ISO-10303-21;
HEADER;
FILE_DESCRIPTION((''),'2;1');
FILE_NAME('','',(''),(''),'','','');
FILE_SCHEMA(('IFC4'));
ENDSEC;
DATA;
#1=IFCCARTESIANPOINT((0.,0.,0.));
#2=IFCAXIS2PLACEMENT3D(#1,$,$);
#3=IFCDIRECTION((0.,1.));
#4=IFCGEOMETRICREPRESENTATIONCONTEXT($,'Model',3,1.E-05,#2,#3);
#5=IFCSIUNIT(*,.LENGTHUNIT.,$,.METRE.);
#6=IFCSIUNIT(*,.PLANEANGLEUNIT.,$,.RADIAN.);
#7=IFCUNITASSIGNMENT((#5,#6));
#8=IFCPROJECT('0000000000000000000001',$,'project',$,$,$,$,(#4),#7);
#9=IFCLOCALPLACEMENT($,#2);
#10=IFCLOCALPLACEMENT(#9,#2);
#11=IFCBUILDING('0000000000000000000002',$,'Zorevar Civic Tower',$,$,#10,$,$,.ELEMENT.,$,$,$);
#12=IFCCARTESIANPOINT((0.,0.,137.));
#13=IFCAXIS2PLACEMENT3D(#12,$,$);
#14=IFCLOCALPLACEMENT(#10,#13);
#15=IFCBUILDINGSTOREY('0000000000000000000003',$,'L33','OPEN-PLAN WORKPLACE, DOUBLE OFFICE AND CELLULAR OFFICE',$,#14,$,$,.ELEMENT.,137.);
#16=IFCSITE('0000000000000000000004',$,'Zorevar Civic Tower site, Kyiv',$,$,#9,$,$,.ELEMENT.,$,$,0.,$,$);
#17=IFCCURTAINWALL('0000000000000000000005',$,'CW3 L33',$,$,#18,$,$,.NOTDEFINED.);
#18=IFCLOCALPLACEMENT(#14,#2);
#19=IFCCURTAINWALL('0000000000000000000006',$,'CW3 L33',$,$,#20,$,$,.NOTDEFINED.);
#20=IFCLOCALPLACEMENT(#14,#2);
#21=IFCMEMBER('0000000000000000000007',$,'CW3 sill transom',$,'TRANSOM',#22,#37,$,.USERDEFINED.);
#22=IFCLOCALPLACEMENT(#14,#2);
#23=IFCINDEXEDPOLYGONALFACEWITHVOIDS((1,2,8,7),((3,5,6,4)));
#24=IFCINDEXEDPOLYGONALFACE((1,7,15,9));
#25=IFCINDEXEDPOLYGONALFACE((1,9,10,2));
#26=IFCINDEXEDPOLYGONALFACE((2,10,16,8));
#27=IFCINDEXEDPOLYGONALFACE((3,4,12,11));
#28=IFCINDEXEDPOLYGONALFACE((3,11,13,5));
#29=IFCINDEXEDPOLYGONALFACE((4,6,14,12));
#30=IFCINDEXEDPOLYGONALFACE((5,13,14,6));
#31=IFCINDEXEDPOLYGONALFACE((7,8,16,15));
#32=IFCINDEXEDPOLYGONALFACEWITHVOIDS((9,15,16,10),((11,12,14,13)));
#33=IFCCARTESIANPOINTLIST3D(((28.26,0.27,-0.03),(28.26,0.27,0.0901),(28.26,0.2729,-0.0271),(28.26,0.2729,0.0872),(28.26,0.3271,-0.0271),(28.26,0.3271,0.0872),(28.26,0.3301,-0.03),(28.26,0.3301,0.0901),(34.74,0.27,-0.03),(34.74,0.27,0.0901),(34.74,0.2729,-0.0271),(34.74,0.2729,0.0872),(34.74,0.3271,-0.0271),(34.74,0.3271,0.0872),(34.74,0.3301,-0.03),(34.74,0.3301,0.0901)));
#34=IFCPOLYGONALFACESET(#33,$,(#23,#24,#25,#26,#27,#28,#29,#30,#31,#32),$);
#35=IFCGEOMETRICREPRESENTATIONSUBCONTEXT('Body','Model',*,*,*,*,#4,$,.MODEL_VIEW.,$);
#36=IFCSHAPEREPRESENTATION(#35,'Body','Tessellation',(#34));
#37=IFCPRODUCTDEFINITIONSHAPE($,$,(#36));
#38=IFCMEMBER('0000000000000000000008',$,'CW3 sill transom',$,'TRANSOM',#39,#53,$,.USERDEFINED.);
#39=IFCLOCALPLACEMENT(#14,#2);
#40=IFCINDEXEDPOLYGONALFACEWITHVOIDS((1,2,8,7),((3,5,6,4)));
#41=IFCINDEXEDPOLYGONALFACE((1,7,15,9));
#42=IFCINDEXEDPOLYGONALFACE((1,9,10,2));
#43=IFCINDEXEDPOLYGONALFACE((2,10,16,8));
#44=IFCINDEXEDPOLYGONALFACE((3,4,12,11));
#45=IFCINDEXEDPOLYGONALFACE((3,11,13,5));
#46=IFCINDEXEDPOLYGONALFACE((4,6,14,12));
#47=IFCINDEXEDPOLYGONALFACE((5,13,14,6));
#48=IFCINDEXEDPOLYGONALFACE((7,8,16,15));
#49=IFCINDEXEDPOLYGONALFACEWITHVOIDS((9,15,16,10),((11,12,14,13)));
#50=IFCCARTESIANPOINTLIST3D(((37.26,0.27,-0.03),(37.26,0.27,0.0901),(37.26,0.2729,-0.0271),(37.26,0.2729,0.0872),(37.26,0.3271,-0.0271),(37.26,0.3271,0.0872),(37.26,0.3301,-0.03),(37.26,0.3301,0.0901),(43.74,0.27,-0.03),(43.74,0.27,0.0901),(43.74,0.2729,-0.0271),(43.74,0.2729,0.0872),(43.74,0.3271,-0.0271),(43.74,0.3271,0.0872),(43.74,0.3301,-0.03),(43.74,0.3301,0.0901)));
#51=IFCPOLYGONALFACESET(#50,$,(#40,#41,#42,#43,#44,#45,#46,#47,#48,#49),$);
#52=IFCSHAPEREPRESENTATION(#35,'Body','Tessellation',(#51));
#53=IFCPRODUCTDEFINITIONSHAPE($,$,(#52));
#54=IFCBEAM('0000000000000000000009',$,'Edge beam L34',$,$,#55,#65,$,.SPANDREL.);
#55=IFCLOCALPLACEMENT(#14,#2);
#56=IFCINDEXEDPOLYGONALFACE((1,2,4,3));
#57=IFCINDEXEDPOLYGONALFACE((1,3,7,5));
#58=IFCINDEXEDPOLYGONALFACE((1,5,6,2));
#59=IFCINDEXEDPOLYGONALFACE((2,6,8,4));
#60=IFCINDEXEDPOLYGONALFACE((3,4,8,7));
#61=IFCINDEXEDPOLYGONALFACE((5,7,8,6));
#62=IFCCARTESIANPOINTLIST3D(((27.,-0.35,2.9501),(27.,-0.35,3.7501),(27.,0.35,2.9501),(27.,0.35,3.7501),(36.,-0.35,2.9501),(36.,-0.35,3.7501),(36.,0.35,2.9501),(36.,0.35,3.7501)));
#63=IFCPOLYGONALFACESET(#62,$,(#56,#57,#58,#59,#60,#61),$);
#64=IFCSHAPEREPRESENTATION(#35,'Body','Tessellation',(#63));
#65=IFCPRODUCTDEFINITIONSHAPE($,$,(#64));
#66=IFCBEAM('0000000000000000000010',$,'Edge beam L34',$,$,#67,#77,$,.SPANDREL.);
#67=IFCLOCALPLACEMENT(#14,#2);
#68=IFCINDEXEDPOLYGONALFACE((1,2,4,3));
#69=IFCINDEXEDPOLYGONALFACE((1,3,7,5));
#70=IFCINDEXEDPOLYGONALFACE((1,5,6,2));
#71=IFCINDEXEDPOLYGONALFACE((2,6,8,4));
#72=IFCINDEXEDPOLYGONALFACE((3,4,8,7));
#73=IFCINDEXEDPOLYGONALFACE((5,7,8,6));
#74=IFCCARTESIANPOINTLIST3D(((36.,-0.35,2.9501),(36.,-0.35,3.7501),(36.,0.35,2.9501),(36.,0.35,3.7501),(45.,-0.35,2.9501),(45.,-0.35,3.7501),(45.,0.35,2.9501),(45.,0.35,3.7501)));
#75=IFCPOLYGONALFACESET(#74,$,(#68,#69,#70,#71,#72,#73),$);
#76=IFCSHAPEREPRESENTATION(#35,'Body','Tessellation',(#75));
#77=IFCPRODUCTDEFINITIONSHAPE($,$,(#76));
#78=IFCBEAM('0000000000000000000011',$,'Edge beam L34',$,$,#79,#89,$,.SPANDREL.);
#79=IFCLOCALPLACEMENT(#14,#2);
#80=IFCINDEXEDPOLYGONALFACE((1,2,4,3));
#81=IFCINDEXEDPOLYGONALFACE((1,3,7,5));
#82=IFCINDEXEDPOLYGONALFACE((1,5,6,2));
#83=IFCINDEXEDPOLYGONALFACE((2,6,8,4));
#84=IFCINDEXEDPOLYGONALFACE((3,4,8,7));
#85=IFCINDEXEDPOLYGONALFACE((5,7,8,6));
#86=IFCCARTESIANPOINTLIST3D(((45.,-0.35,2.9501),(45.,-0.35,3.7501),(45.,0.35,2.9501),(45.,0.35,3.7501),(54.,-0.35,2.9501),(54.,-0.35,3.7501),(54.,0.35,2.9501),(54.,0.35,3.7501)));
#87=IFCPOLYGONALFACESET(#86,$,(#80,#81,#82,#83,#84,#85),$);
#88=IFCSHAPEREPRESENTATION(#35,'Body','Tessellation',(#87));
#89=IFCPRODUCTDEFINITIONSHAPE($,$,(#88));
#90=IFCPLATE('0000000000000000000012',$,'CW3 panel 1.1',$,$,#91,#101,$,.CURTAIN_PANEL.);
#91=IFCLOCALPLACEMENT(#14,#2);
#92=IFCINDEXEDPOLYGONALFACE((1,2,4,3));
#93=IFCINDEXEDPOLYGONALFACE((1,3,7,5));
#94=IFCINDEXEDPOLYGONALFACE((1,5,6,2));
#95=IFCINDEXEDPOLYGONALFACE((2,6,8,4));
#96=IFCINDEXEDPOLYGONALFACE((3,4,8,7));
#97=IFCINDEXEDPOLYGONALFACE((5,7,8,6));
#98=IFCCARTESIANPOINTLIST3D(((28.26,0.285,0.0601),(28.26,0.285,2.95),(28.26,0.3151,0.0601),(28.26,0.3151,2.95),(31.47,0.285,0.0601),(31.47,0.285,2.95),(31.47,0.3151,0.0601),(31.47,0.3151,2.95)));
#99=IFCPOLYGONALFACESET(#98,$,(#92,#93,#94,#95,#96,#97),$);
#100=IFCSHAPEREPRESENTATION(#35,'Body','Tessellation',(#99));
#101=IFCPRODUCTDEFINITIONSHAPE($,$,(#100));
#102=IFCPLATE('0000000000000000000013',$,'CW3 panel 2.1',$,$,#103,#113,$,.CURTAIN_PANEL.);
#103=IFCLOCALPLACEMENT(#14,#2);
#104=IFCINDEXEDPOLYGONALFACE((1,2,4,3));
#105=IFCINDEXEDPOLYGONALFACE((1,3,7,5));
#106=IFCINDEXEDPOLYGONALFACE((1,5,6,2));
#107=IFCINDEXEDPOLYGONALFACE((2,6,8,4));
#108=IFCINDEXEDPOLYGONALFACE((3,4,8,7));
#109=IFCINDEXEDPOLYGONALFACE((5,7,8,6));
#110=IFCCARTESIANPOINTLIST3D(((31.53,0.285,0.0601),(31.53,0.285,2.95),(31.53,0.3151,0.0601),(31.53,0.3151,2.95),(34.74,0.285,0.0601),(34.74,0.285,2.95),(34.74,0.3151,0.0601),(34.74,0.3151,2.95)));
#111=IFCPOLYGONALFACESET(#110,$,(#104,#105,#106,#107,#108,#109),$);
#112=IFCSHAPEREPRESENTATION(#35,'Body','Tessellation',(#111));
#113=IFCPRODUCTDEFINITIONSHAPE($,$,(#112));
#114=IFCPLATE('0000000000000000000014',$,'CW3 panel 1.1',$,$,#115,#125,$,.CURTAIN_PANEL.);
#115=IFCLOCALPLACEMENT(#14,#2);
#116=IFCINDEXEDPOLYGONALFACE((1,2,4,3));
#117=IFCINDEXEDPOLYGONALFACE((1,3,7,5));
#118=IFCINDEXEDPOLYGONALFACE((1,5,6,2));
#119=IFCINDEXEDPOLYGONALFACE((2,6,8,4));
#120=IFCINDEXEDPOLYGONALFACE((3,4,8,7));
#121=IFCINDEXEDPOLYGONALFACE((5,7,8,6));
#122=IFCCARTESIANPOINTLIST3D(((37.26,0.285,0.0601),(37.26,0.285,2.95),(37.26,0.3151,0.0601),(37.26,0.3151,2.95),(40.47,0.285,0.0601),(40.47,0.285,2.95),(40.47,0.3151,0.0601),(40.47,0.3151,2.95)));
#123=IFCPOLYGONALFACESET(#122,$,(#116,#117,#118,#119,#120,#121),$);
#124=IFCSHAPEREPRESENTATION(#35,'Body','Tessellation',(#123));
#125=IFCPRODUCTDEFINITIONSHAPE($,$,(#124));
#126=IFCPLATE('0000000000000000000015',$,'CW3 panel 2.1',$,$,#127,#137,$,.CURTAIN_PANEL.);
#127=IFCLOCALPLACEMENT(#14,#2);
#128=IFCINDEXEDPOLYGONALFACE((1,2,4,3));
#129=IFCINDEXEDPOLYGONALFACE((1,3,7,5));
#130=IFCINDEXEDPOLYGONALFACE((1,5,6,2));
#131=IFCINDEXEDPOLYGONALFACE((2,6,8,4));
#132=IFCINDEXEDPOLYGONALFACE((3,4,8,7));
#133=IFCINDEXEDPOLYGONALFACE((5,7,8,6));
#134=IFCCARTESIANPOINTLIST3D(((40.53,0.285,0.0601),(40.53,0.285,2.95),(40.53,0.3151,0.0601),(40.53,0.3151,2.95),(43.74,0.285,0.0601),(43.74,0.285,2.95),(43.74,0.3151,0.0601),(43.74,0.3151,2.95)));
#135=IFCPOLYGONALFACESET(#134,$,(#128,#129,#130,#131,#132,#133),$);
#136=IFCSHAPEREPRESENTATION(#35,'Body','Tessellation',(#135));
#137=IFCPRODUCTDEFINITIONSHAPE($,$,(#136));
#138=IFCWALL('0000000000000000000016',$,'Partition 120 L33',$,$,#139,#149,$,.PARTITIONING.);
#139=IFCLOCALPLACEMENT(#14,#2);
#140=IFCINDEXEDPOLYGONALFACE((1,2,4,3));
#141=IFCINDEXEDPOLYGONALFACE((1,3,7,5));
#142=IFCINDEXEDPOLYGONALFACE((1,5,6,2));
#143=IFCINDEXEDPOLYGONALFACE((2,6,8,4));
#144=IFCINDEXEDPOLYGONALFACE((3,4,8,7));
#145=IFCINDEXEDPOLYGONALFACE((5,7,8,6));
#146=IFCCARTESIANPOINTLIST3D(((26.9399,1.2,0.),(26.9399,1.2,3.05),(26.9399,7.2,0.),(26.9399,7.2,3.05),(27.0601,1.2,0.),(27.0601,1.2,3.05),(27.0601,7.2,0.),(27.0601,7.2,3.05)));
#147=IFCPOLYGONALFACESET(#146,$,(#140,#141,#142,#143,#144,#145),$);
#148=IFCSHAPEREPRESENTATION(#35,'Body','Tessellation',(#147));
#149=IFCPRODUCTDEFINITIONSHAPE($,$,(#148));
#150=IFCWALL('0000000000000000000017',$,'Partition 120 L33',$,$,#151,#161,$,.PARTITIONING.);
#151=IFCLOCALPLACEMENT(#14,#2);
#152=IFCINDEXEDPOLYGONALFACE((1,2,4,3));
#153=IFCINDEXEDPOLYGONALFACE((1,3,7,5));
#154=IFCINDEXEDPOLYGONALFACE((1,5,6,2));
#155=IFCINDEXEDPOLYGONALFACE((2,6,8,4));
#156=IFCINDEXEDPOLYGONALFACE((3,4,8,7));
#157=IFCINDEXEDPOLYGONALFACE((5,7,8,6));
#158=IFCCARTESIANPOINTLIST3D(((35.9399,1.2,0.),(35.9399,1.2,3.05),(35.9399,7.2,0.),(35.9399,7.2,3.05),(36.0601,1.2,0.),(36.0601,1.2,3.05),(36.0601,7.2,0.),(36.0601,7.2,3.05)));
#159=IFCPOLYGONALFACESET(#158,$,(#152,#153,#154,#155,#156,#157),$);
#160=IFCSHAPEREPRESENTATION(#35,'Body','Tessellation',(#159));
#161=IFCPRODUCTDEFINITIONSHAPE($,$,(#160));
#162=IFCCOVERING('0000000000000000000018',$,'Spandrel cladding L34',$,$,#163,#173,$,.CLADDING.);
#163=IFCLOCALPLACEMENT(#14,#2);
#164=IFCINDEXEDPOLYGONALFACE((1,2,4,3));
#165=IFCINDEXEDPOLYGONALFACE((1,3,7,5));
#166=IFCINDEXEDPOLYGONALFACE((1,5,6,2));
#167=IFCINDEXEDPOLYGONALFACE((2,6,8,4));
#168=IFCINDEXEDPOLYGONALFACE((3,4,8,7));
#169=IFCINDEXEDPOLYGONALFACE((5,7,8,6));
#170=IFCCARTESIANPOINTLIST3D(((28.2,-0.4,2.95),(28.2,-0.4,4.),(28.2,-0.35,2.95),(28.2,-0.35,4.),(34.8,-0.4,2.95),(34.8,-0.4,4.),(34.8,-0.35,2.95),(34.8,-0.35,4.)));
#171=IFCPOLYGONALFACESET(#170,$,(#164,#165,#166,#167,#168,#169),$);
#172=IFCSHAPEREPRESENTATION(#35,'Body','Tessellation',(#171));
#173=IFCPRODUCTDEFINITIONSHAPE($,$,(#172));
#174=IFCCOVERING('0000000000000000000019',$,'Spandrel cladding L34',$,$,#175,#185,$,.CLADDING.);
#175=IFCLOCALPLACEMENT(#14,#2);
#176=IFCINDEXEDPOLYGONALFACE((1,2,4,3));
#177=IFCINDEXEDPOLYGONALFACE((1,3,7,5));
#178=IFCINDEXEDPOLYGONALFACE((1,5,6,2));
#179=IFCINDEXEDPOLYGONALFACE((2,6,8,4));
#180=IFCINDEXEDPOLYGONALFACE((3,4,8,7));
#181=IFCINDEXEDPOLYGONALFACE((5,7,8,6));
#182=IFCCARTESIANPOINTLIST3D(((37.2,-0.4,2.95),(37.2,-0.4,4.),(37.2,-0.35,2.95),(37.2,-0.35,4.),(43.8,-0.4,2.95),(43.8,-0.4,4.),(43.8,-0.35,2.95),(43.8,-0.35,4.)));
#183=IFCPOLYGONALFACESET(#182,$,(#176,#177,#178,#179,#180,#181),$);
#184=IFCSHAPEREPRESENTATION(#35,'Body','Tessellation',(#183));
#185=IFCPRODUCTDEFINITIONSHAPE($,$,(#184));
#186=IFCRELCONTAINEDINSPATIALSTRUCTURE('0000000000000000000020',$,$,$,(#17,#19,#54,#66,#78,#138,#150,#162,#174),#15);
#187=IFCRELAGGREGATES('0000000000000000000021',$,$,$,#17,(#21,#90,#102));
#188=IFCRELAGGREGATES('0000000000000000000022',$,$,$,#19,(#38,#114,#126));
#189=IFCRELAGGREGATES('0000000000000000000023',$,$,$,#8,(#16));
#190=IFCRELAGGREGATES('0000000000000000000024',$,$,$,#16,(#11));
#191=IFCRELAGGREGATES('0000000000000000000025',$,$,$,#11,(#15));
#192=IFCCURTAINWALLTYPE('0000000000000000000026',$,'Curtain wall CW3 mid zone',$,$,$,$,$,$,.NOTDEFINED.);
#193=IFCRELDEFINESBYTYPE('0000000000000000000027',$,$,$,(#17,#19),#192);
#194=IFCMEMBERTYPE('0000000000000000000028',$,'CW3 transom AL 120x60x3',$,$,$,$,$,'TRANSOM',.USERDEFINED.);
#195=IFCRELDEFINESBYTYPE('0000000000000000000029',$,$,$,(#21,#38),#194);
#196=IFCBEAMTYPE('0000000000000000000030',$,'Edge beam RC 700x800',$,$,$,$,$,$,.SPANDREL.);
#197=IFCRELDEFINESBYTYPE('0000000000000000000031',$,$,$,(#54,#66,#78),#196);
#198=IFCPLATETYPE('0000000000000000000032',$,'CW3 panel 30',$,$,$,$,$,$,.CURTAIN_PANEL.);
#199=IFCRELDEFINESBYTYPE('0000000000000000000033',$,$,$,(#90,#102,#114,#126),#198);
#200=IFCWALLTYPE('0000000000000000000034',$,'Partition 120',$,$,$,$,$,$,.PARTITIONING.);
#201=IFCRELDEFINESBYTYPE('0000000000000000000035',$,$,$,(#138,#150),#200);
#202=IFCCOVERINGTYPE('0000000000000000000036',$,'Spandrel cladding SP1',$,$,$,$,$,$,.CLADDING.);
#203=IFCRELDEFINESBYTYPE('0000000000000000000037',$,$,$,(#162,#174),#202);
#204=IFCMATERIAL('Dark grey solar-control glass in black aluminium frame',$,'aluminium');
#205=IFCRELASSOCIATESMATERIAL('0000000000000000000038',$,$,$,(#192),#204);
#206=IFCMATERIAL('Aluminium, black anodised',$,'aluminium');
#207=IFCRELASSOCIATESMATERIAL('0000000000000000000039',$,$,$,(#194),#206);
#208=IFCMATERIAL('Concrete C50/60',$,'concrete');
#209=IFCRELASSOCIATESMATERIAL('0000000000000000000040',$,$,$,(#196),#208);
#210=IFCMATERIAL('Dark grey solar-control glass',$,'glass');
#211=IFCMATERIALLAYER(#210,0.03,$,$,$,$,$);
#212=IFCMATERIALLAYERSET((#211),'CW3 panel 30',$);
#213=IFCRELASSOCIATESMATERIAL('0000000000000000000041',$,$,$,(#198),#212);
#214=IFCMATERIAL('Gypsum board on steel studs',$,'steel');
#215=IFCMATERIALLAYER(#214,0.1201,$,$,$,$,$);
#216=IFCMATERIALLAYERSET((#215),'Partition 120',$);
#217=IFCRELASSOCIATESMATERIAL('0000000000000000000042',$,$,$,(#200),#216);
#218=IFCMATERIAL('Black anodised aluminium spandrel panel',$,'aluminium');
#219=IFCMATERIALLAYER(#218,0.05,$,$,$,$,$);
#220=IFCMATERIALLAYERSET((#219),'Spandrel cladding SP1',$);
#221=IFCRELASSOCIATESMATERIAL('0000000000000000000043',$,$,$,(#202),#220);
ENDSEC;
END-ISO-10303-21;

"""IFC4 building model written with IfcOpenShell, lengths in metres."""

from ifc_helpers import new_model, si_unit, direction, frame, frame_2d, origin, origin_2d, place, context, subcontext, project, spatial, rectangle, hollow_rectangle, extrude, material, layer, layer_set, material_profile, profile_set, type_object, element, aggregate, save


model = new_model("IFC4")

# Units and contexts
model_context = context("Model", 3, precision=1e-05, world=origin(), true_north=direction((0.0, 1.0)))
body_context = subcontext(model_context, "Body", "Model", "MODEL_VIEW")
ifc_project = project(units=[si_unit("LENGTHUNIT", "METRE"), si_unit("PLANEANGLEUNIT", "RADIAN")], contexts=[model_context])

# Site, building, storey
site_placement = place(None, origin())
site = spatial("IfcSite", under=ifc_project, at=site_placement, Name="Zorevar Civic Tower site, Kyiv", CompositionType="ELEMENT", RefElevation=0.0)
building_placement = place(site_placement, origin())
building = spatial("IfcBuilding", under=site, at=building_placement, Name="Zorevar Civic Tower", CompositionType="ELEMENT")
storey_placement = place(building_placement, frame((0.0, 0.0, 137.0)))
storey = spatial("IfcBuildingStorey", under=building, at=storey_placement, Name="L33", Description="OPEN-PLAN WORKPLACE, DOUBLE OFFICE AND CELLULAR OFFICE", CompositionType="ELEMENT", Elevation=137.0)

# Shared definitions
ifc_material_1 = material(Name="Dark grey solar-control glass in black aluminium frame", Category="aluminium")
curtain_wall_type = type_object("IfcCurtainWallType", Name="Curtain wall CW3 mid zone", PredefinedType="NOTDEFINED", material=ifc_material_1)

# Curtain walls
curtain_wall_1_placement = place(storey_placement, origin())
curtain_wall_1 = element("IfcCurtainWall", 1, at=curtain_wall_1_placement, inside=storey, type_object=curtain_wall_type, Name="CW3 L33", PredefinedType="NOTDEFINED")
curtain_wall_2_placement = place(storey_placement, origin())
curtain_wall_2 = element("IfcCurtainWall", 2, at=curtain_wall_2_placement, inside=storey, type_object=curtain_wall_type, Name="CW3 L33", PredefinedType="NOTDEFINED")

# Members
ifc_material_2 = material(Name="Aluminium, black anodised", Category="aluminium")
ifc_material_profile_1 = material_profile(ifc_material_2, hollow_rectangle(XDim=0.0601, YDim=0.1201, WallThickness=0.0029, at=origin_2d()), Name="AL 120x60x3")
ifc_profile_set_1 = profile_set([ifc_material_profile_1], Name="Aluminium, black anodised")
member_type_1 = type_object("IfcMemberType", Name="CW3 transom AL 120x60x3", ElementType="TRANSOM", PredefinedType="USERDEFINED", material=ifc_profile_set_1)
member_1_placement = place(storey_placement, frame((28.26, 0.3, 0.03), z_axis=(1.0, 0.0, 0.0), x_axis=(0.0, 1.0, 0.0)))
member_1 = element("IfcMember", 3, at=member_1_placement, type_object=member_type_1, Name="CW3 sill transom", ObjectType="TRANSOM", PredefinedType="USERDEFINED", context=body_context, shape_type="SweptSolid", body=[
    extrude(hollow_rectangle(XDim=0.0601, YDim=0.1201, WallThickness=0.0029, at=origin_2d()), origin(), (0.0, 0.0, 1.0), 6.48),
])
member_2_placement = place(storey_placement, frame((37.26, 0.3, 0.03), z_axis=(1.0, 0.0, 0.0), x_axis=(0.0, 1.0, 0.0)))
member_2 = element("IfcMember", 4, at=member_2_placement, type_object=member_type_1, Name="CW3 sill transom", ObjectType="TRANSOM", PredefinedType="USERDEFINED", context=body_context, shape_type="SweptSolid", body=[
    extrude(hollow_rectangle(XDim=0.0601, YDim=0.1201, WallThickness=0.0029, at=origin_2d()), origin(), (0.0, 0.0, 1.0), 6.48),
])

# Beams
ifc_material_3 = material(Name="Concrete C50/60", Category="concrete")
ifc_material_profile_2 = material_profile(ifc_material_3, rectangle(XDim=0.7, YDim=0.8, at=origin_2d()), Name="RC 700x800")
ifc_profile_set_2 = profile_set([ifc_material_profile_2], Name="Concrete C50/60")
beam_type_1 = type_object("IfcBeamType", Name="Edge beam RC 700x800", PredefinedType="SPANDREL", material=ifc_profile_set_2)
for number, where, z_axis, x_axis, name in (
    (5, (27.0, 0.0, 3.3501), (1.0, 0.0, 0.0), (0.0, 1.0, 0.0), "Edge beam L34"),
    (6, (36.0, 0.0, 3.3501), (1.0, 0.0, 0.0), (0.0, 1.0, 0.0), "Edge beam L34"),
    (7, (45.0, 0.0, 3.3501), (1.0, 0.0, 0.0), (0.0, 1.0, 0.0), "Edge beam L34"),
):
    element("IfcBeam", number, at=place(storey_placement, frame(where, z_axis=z_axis, x_axis=x_axis)), inside=storey, type_object=beam_type_1, Name=name, PredefinedType="SPANDREL", context=body_context, shape_type="SweptSolid", body=[
        extrude(rectangle(XDim=0.7, YDim=0.8, at=origin_2d()), origin(), (0.0, 0.0, 1.0), 9.0),
    ])

# Plates
ifc_material_4 = material(Name="Dark grey solar-control glass", Category="glass")
ifc_layer_1 = layer(ifc_material_4, 0.03)
ifc_layer_set_1 = layer_set([ifc_layer_1], Name="CW3 panel 30")
plate_type = type_object("IfcPlateType", Name="CW3 panel 30", PredefinedType="CURTAIN_PANEL", material=ifc_layer_set_1)
plate_1_placement = place(storey_placement, frame((29.865, 0.3, 0.0601), z_axis=(0.0, 0.0, 1.0), x_axis=(1.0, 0.0, 0.0)))
plate_1 = element("IfcPlate", 8, at=plate_1_placement, type_object=plate_type, Name="CW3 panel 1.1", PredefinedType="CURTAIN_PANEL", context=body_context, shape_type="SweptSolid", body=[
    extrude(rectangle(XDim=3.21, YDim=0.03, at=origin_2d()), origin(), (0.0, 0.0, 1.0), 2.8899),
])
plate_2_placement = place(storey_placement, frame((33.135, 0.3, 0.0601), z_axis=(0.0, 0.0, 1.0), x_axis=(1.0, 0.0, 0.0)))
plate_2 = element("IfcPlate", 9, at=plate_2_placement, type_object=plate_type, Name="CW3 panel 2.1", PredefinedType="CURTAIN_PANEL", context=body_context, shape_type="SweptSolid", body=[
    extrude(rectangle(XDim=3.21, YDim=0.03, at=origin_2d()), origin(), (0.0, 0.0, 1.0), 2.8899),
])
aggregate(curtain_wall_1, [member_1, plate_1, plate_2])
plate_3_placement = place(storey_placement, frame((38.865, 0.3, 0.0601), z_axis=(0.0, 0.0, 1.0), x_axis=(1.0, 0.0, 0.0)))
plate_3 = element("IfcPlate", 10, at=plate_3_placement, type_object=plate_type, Name="CW3 panel 1.1", PredefinedType="CURTAIN_PANEL", context=body_context, shape_type="SweptSolid", body=[
    extrude(rectangle(XDim=3.21, YDim=0.03, at=origin_2d()), origin(), (0.0, 0.0, 1.0), 2.8899),
])
plate_4_placement = place(storey_placement, frame((42.135, 0.3, 0.0601), z_axis=(0.0, 0.0, 1.0), x_axis=(1.0, 0.0, 0.0)))
plate_4 = element("IfcPlate", 11, at=plate_4_placement, type_object=plate_type, Name="CW3 panel 2.1", PredefinedType="CURTAIN_PANEL", context=body_context, shape_type="SweptSolid", body=[
    extrude(rectangle(XDim=3.21, YDim=0.03, at=origin_2d()), origin(), (0.0, 0.0, 1.0), 2.8899),
])
aggregate(curtain_wall_2, [member_2, plate_3, plate_4])

# Walls
ifc_material_5 = material(Name="Gypsum board on steel studs", Category="steel")
ifc_layer_2 = layer(ifc_material_5, 0.1201)
ifc_layer_set_2 = layer_set([ifc_layer_2], Name="Partition 120")
wall_type = type_object("IfcWallType", Name="Partition 120", PredefinedType="PARTITIONING", material=ifc_layer_set_2)
for number, where, z_axis, x_axis, name in (
    (12, (27.0, 1.2, 0.0), (0.0, 0.0, 1.0), (0.0, 1.0, 0.0), "Partition 120 L33"),
    (13, (36.0, 1.2, 0.0), (0.0, 0.0, 1.0), (0.0, 1.0, 0.0), "Partition 120 L33"),
):
    element("IfcWall", number, at=place(storey_placement, frame(where, z_axis=z_axis, x_axis=x_axis)), inside=storey, type_object=wall_type, Name=name, PredefinedType="PARTITIONING", context=body_context, shape_type="SweptSolid", body=[
        extrude(rectangle(XDim=6.0, YDim=0.1201, at=frame_2d((3.0, 0.0))), origin(), (0.0, 0.0, 1.0), 3.05),
    ])

# Coverings
ifc_material_6 = material(Name="Black anodised aluminium spandrel panel", Category="aluminium")
ifc_layer_3 = layer(ifc_material_6, 0.05)
ifc_layer_set_3 = layer_set([ifc_layer_3], Name="Spandrel cladding SP1")
covering_type = type_object("IfcCoveringType", Name="Spandrel cladding SP1", PredefinedType="CLADDING", material=ifc_layer_set_3)
for number, where, z_axis, x_axis, name in (
    (14, (28.2, -0.375, 2.95), (0.0, 0.0, 1.0), (1.0, 0.0, 0.0), "Spandrel cladding L34"),
    (15, (37.2, -0.375, 2.95), (0.0, 0.0, 1.0), (1.0, 0.0, 0.0), "Spandrel cladding L34"),
):
    element("IfcCovering", number, at=place(storey_placement, frame(where, z_axis=z_axis, x_axis=x_axis)), inside=storey, type_object=covering_type, Name=name, PredefinedType="CLADDING", context=body_context, shape_type="SweptSolid", body=[
        extrude(rectangle(XDim=6.6001, YDim=0.05, at=frame_2d((3.3, 0.0))), origin(), (0.0, 0.0, 1.0), 1.05),
    ])

save(model, "model.ifc")
